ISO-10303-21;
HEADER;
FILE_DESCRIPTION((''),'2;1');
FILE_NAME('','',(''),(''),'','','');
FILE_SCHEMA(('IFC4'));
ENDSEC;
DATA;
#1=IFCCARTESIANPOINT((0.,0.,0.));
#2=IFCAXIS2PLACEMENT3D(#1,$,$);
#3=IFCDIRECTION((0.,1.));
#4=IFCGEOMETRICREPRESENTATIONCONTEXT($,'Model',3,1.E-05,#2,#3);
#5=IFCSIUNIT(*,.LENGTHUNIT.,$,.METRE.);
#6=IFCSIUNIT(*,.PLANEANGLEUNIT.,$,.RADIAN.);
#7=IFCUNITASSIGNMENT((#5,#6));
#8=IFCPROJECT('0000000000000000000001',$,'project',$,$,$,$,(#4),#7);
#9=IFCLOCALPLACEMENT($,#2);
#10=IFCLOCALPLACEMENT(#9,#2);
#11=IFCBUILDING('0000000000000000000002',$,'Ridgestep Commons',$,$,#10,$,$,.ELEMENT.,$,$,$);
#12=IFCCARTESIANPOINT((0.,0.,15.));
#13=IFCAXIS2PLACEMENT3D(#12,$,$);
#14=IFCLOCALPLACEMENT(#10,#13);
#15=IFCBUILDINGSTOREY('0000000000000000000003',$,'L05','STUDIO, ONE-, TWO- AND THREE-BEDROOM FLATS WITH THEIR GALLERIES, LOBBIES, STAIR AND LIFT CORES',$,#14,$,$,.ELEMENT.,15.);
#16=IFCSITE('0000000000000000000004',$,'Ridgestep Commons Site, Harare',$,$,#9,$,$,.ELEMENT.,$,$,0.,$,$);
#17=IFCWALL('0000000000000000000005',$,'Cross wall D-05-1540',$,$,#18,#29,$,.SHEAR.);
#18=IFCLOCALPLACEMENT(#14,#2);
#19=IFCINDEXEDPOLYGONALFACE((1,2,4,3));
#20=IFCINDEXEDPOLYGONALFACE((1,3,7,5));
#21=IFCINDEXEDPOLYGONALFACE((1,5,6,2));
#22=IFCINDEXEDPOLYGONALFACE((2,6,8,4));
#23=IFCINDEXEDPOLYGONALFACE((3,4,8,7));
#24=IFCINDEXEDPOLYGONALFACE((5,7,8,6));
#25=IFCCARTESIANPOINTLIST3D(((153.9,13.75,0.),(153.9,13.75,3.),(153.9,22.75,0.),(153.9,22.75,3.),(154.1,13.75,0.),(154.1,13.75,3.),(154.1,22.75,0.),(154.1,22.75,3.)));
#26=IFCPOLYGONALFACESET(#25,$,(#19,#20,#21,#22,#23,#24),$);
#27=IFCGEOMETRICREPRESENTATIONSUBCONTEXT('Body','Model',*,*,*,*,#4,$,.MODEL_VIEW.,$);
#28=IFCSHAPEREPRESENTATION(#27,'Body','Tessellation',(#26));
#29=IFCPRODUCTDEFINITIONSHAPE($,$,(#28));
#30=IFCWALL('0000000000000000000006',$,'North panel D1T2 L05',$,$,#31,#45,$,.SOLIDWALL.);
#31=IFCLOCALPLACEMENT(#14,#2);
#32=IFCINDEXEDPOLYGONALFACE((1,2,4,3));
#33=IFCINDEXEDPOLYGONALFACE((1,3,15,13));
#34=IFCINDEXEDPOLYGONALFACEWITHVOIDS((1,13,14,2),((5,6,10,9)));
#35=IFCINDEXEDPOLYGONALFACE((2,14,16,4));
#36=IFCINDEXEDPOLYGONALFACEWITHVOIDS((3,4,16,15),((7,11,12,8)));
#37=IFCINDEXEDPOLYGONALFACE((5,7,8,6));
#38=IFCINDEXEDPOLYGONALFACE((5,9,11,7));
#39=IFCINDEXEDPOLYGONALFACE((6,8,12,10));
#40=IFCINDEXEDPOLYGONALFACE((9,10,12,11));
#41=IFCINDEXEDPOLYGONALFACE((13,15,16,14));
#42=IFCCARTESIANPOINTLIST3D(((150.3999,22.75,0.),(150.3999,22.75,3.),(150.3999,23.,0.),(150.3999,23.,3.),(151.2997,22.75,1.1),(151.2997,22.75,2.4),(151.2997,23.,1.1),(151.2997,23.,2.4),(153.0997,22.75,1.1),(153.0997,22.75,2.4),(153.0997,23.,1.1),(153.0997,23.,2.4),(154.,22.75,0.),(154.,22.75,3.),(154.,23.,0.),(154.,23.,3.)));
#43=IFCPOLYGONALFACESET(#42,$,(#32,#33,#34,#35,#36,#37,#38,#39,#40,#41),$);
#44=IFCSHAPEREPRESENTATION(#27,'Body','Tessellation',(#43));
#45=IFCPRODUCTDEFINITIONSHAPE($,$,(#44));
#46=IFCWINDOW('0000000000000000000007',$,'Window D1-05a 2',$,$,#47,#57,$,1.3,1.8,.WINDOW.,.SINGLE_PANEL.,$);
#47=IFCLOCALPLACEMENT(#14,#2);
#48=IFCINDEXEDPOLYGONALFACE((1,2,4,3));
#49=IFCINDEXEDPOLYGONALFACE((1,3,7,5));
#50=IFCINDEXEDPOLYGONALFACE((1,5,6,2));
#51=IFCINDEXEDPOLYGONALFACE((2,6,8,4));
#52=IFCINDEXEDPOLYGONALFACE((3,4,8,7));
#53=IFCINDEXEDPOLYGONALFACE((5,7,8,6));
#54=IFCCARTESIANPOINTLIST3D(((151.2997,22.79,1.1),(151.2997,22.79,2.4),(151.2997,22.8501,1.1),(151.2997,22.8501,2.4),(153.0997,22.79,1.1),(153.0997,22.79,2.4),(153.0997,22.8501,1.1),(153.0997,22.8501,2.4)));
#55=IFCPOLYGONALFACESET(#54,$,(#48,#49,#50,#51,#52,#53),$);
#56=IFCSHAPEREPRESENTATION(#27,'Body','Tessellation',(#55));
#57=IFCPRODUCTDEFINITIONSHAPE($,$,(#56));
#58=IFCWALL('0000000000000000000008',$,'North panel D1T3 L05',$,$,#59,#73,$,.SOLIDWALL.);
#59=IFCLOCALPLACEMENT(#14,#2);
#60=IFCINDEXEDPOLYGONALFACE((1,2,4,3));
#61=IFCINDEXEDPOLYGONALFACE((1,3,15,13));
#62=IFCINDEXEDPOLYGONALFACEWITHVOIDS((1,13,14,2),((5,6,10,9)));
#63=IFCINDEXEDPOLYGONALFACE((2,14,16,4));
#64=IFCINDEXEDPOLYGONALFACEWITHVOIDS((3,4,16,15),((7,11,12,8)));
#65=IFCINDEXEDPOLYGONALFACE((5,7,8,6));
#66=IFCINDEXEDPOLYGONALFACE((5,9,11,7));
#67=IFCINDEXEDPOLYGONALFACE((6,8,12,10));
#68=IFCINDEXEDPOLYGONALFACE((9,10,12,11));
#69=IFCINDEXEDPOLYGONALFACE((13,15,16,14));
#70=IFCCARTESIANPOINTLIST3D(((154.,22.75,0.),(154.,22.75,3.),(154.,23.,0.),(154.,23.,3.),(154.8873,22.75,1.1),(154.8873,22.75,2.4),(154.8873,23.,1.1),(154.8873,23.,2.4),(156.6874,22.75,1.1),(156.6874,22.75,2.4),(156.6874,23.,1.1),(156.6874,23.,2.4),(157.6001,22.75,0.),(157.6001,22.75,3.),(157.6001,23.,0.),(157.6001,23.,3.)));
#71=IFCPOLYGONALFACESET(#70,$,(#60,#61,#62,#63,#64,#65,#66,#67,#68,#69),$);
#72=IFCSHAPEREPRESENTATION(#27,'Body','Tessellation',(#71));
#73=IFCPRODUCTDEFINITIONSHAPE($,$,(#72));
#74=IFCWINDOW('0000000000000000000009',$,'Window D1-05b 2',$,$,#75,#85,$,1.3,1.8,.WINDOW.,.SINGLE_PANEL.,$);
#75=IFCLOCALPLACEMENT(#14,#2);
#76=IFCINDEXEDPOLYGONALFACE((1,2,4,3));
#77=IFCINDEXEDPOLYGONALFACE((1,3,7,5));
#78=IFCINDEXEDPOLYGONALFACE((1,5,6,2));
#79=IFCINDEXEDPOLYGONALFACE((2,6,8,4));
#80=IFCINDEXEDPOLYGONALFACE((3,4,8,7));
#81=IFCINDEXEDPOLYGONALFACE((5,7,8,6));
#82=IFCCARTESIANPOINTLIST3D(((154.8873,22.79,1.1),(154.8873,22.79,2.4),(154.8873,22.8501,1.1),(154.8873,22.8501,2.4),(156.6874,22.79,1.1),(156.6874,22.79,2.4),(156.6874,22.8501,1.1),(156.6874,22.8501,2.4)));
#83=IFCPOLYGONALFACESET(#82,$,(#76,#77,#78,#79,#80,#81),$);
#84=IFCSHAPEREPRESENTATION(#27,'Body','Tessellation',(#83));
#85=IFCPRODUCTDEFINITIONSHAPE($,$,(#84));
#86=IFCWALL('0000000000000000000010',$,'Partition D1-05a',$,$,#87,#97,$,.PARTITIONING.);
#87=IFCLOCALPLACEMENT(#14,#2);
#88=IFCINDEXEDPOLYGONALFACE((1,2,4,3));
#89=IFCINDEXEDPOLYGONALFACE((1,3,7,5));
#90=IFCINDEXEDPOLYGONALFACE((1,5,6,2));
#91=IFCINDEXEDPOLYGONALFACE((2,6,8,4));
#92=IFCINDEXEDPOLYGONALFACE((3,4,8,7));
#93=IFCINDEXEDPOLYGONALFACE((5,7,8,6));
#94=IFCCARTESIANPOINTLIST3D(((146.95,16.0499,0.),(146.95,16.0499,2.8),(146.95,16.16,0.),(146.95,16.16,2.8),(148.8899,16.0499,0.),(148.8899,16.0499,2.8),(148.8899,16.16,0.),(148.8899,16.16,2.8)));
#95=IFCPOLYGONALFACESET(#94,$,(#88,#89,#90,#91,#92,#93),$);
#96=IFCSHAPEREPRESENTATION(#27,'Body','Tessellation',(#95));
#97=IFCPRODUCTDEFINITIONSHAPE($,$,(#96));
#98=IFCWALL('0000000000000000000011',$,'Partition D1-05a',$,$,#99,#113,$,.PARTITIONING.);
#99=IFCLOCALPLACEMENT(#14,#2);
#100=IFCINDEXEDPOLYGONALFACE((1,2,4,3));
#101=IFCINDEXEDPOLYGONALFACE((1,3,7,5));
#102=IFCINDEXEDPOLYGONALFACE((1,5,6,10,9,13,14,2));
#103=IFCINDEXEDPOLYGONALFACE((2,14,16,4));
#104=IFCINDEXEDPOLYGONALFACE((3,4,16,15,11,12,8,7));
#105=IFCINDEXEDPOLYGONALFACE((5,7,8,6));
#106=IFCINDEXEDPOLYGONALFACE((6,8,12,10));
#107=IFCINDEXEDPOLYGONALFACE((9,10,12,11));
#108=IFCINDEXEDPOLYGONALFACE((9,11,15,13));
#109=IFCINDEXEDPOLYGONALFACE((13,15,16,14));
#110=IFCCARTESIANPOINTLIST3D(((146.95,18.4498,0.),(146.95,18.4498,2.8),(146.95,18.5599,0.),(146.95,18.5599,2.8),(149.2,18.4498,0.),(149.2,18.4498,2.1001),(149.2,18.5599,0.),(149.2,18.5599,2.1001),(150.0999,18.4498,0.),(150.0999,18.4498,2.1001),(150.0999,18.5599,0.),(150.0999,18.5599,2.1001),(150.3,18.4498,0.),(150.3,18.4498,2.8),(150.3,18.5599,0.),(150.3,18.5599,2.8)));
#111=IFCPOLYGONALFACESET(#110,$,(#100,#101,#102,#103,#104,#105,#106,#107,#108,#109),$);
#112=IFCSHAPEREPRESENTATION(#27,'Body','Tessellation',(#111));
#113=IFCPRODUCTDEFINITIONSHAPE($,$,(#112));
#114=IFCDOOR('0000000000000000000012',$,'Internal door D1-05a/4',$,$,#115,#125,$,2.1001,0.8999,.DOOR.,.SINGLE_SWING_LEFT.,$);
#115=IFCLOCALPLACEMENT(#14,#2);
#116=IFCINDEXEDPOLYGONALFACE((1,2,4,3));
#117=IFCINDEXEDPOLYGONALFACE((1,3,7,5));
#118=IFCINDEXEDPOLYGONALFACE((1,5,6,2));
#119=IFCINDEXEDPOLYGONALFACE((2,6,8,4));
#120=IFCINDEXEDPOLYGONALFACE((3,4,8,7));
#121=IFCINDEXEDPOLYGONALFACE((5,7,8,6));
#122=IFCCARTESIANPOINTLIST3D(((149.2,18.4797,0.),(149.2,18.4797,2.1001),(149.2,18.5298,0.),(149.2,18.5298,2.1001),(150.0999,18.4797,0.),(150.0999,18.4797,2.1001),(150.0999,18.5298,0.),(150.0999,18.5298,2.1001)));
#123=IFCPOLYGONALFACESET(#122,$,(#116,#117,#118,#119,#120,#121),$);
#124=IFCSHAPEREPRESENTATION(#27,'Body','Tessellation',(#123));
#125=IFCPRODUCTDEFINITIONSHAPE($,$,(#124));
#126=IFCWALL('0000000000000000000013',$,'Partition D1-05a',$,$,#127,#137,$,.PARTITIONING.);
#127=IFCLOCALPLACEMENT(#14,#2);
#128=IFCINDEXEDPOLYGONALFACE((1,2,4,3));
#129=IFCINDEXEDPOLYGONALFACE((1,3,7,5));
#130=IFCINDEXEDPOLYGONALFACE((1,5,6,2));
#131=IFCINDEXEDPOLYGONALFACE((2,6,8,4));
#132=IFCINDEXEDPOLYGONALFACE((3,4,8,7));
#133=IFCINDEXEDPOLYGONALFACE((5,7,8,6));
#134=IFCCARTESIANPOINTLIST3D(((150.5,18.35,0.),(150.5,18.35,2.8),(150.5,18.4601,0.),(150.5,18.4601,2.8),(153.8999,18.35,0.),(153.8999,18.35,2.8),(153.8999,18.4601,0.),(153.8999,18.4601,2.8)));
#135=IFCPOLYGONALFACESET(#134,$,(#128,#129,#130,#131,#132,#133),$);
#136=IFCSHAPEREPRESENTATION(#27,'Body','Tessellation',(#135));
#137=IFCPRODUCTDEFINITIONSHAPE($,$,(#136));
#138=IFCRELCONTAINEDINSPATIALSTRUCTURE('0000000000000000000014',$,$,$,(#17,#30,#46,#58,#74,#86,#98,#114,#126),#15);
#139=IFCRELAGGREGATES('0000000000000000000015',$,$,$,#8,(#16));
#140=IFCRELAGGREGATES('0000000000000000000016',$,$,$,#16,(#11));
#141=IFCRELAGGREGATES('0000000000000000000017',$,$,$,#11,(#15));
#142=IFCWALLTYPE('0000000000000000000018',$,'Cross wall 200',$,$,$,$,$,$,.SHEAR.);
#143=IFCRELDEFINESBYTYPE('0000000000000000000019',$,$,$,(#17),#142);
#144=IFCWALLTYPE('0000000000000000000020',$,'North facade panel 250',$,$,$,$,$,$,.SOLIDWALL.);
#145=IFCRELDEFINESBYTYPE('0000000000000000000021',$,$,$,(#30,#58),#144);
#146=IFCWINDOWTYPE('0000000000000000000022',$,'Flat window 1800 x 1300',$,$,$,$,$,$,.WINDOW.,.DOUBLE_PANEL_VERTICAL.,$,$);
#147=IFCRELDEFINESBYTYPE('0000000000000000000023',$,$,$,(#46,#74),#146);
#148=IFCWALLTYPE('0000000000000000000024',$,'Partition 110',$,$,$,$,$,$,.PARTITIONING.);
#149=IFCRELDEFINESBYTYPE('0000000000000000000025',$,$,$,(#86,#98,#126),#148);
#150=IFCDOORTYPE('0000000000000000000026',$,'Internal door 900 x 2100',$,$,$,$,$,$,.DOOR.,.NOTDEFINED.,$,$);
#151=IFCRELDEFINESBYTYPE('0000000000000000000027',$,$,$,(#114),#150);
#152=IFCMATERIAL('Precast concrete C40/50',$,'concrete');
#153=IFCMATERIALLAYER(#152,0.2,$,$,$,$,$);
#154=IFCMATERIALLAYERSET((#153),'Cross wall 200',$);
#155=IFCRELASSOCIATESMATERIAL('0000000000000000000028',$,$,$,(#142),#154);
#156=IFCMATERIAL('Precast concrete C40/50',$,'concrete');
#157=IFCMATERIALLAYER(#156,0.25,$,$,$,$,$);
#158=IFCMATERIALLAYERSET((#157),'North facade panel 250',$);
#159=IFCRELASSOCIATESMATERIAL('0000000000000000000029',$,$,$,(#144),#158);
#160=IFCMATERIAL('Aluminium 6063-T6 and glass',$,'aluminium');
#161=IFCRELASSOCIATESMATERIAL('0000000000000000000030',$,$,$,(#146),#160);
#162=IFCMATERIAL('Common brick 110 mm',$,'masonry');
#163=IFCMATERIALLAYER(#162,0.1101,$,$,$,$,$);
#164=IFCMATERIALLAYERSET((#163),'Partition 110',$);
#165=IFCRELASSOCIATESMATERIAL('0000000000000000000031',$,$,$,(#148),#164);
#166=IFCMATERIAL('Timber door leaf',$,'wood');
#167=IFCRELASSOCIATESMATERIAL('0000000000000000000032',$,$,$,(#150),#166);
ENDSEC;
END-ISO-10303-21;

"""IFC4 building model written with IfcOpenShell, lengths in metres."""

from ifc_helpers import new_model, si_unit, direction, frame, frame_2d, origin, place, context, subcontext, project, spatial, rectangle, extrude, material, layer, layer_set, type_object, element, fill, save


model = new_model("IFC4")

# Units and contexts
model_context = context("Model", 3, precision=1e-05, world=origin(), true_north=direction((0.0, 1.0)))
body_context = subcontext(model_context, "Body", "Model", "MODEL_VIEW")
ifc_project = project(units=[si_unit("LENGTHUNIT", "METRE"), si_unit("PLANEANGLEUNIT", "RADIAN")], contexts=[model_context])

# Site, building, storey
site_placement = place(None, origin())
site = spatial("IfcSite", under=ifc_project, at=site_placement, Name="Ridgestep Commons Site, Harare", CompositionType="ELEMENT", RefElevation=0.0)
building_placement = place(site_placement, origin())
building = spatial("IfcBuilding", under=site, at=building_placement, Name="Ridgestep Commons", CompositionType="ELEMENT")
storey_placement = place(building_placement, frame((0.0, 0.0, 15.0)))
storey = spatial("IfcBuildingStorey", under=building, at=storey_placement, Name="L05", Description="STUDIO, ONE-, TWO- AND THREE-BEDROOM FLATS WITH THEIR GALLERIES, LOBBIES, STAIR AND LIFT CORES", CompositionType="ELEMENT", Elevation=15.0)

# Wall
ifc_material_1 = material(Name="Precast concrete C40/50", Category="concrete")
ifc_layer_1 = layer(ifc_material_1, 0.2)
ifc_layer_set_1 = layer_set([ifc_layer_1], Name="Cross wall 200")
wall_type_1 = type_object("IfcWallType", Name="Cross wall 200", PredefinedType="SHEAR", material=ifc_layer_set_1)
wall_1_placement = place(storey_placement, frame((154.0, 13.75, 0.0), z_axis=(0.0, 0.0, 1.0), x_axis=(0.0, 1.0, 0.0)))
element("IfcWall", 1, at=wall_1_placement, inside=storey, type_object=wall_type_1, Name="Cross wall D-05-1540", PredefinedType="SHEAR", context=body_context, shape_type="SweptSolid", body=[
    extrude(rectangle(XDim=9.0, YDim=0.2, at=frame_2d((4.5, 0.0))), origin(), (0.0, 0.0, 1.0), 3.0),
])

# Walls, openings, windows
ifc_material_2 = material(Name="Precast concrete C40/50", Category="concrete")
ifc_layer_2 = layer(ifc_material_2, 0.25)
ifc_layer_set_2 = layer_set([ifc_layer_2], Name="North facade panel 250")
wall_type_2 = type_object("IfcWallType", Name="North facade panel 250", PredefinedType="SOLIDWALL", material=ifc_layer_set_2)
wall_2_placement = place(storey_placement, frame((150.3999, 22.875, 0.0), z_axis=(0.0, 0.0, 1.0), x_axis=(1.0, 0.0, 0.0)))
wall_2 = element("IfcWall", 2, at=wall_2_placement, inside=storey, type_object=wall_type_2, Name="North panel D1T2 L05", PredefinedType="SOLIDWALL", context=body_context, shape_type="SweptSolid", body=[
    extrude(rectangle(XDim=3.6001, YDim=0.25, at=frame_2d((1.8, 0.0))), origin(), (0.0, 0.0, 1.0), 3.0),
])
opening_1_placement = place(wall_2_placement, frame((0.8999, 0.0, 1.1001)))
opening_1 = element("IfcOpeningElement", 3, at=opening_1_placement, cuts=wall_2, PredefinedType="OPENING", context=body_context, shape_type="SweptSolid", body=[
    extrude(rectangle(XDim=1.8, YDim=1.3, at=frame_2d((0.8999, 0.6499))), frame((0.0, 0.135, 0.0), z_axis=(0.0, -1.0, 0.0), x_axis=(1.0, 0.0, 0.0)), (0.0, 0.0, 1.0), 0.27),
])
ifc_material_3 = material(Name="Aluminium 6063-T6 and glass", Category="aluminium")
window_type = type_object("IfcWindowType", Name="Flat window 1800 x 1300", PartitioningType="DOUBLE_PANEL_VERTICAL", PredefinedType="WINDOW", material=ifc_material_3)
window_1_placement = place(opening_1_placement, origin())
window_1 = element("IfcWindow", 4, at=window_1_placement, inside=storey, type_object=window_type, Name="Window D1-05a 2", OverallHeight=1.3, OverallWidth=1.8, PartitioningType="SINGLE_PANEL", PredefinedType="WINDOW", context=body_context, shape_type="SweptSolid", body=[
    extrude(rectangle(XDim=1.8, YDim=1.3, at=frame_2d((0.8999, 0.6499))), frame((0.0, -0.0249, 0.0), z_axis=(0.0, -1.0, 0.0), x_axis=(1.0, 0.0, 0.0)), (0.0, 0.0, 1.0), 0.0601),
])
fill(opening_1, window_1)
wall_3_placement = place(storey_placement, frame((154.0, 22.875, 0.0), z_axis=(0.0, 0.0, 1.0), x_axis=(1.0, 0.0, 0.0)))
wall_3 = element("IfcWall", 5, at=wall_3_placement, inside=storey, type_object=wall_type_2, Name="North panel D1T3 L05", PredefinedType="SOLIDWALL", context=body_context, shape_type="SweptSolid", body=[
    extrude(rectangle(XDim=3.6001, YDim=0.25, at=frame_2d((1.8, 0.0))), origin(), (0.0, 0.0, 1.0), 3.0),
])
opening_2_placement = place(wall_3_placement, frame((0.8875, 0.0, 1.1001)))
opening_2 = element("IfcOpeningElement", 6, at=opening_2_placement, cuts=wall_3, PredefinedType="OPENING", context=body_context, shape_type="SweptSolid", body=[
    extrude(rectangle(XDim=1.8, YDim=1.3, at=frame_2d((0.8999, 0.6499))), frame((0.0, 0.135, 0.0), z_axis=(0.0, -1.0, 0.0), x_axis=(1.0, 0.0, 0.0)), (0.0, 0.0, 1.0), 0.27),
])
window_2_placement = place(opening_2_placement, origin())
window_2 = element("IfcWindow", 7, at=window_2_placement, inside=storey, type_object=window_type, Name="Window D1-05b 2", OverallHeight=1.3, OverallWidth=1.8, PartitioningType="SINGLE_PANEL", PredefinedType="WINDOW", context=body_context, shape_type="SweptSolid", body=[
    extrude(rectangle(XDim=1.8, YDim=1.3, at=frame_2d((0.8999, 0.6499))), frame((0.0, -0.0249, 0.0), z_axis=(0.0, -1.0, 0.0), x_axis=(1.0, 0.0, 0.0)), (0.0, 0.0, 1.0), 0.0601),
])
fill(opening_2, window_2)

# Wall
ifc_material_4 = material(Name="Common brick 110 mm", Category="masonry")
ifc_layer_3 = layer(ifc_material_4, 0.1101)
ifc_layer_set_3 = layer_set([ifc_layer_3], Name="Partition 110")
wall_type_3 = type_object("IfcWallType", Name="Partition 110", PredefinedType="PARTITIONING", material=ifc_layer_set_3)
wall_4_placement = place(storey_placement, frame((146.95, 16.105, 0.0), z_axis=(0.0, 0.0, 1.0), x_axis=(1.0, 0.0, 0.0)))
element("IfcWall", 8, at=wall_4_placement, inside=storey, type_object=wall_type_3, Name="Partition D1-05a", PredefinedType="PARTITIONING", context=body_context, shape_type="SweptSolid", body=[
    extrude(rectangle(XDim=1.9399, YDim=0.1101, at=frame_2d((0.97, 0.0))), origin(), (0.0, 0.0, 1.0), 2.8),
])

# Wall, opening, door
wall_5_placement = place(storey_placement, frame((146.95, 18.5049, 0.0), z_axis=(0.0, 0.0, 1.0), x_axis=(1.0, 0.0, 0.0)))
wall_5 = element("IfcWall", 9, at=wall_5_placement, inside=storey, type_object=wall_type_3, Name="Partition D1-05a", PredefinedType="PARTITIONING", context=body_context, shape_type="SweptSolid", body=[
    extrude(rectangle(XDim=3.3501, YDim=0.1101, at=frame_2d((1.675, 0.0))), origin(), (0.0, 0.0, 1.0), 2.8),
])
opening_3_placement = place(wall_5_placement, frame((2.25, 0.0, 0.0)))
opening_3 = element("IfcOpeningElement", 10, at=opening_3_placement, cuts=wall_5, PredefinedType="OPENING", context=body_context, shape_type="SweptSolid", body=[
    extrude(rectangle(XDim=0.8999, YDim=2.1001, at=frame_2d((0.45, 1.05))), frame((0.0, 0.0649, 0.0), z_axis=(0.0, -1.0, 0.0), x_axis=(1.0, 0.0, 0.0)), (0.0, 0.0, 1.0), 0.1301),
])
ifc_material_5 = material(Name="Timber door leaf", Category="wood")
door_type_1 = type_object("IfcDoorType", Name="Internal door 900 x 2100", OperationType="NOTDEFINED", PredefinedType="DOOR", material=ifc_material_5)
door_1_placement = place(opening_3_placement, origin())
door_1 = element("IfcDoor", 11, at=door_1_placement, inside=storey, type_object=door_type_1, Name="Internal door D1-05a/4", OperationType="SINGLE_SWING_LEFT", OverallHeight=2.1001, OverallWidth=0.8999, PredefinedType="DOOR", context=body_context, shape_type="SweptSolid", body=[
    extrude(rectangle(XDim=0.8999, YDim=2.1001, at=frame_2d((0.45, 1.05))), frame((0.0, 0.0249, 0.0), z_axis=(0.0, -1.0, 0.0), x_axis=(1.0, 0.0, 0.0)), (0.0, 0.0, 1.0), 0.05),
])
fill(opening_3, door_1)

# Wall
wall_6_placement = place(storey_placement, frame((150.5, 18.405, 0.0), z_axis=(0.0, 0.0, 1.0), x_axis=(1.0, 0.0, 0.0)))
element("IfcWall", 12, at=wall_6_placement, inside=storey, type_object=wall_type_3, Name="Partition D1-05a", PredefinedType="PARTITIONING", context=body_context, shape_type="SweptSolid", body=[
    extrude(rectangle(XDim=3.3999, YDim=0.1101, at=frame_2d((1.7, 0.0))), origin(), (0.0, 0.0, 1.0), 2.8),
])

save(model, "model.ifc")
